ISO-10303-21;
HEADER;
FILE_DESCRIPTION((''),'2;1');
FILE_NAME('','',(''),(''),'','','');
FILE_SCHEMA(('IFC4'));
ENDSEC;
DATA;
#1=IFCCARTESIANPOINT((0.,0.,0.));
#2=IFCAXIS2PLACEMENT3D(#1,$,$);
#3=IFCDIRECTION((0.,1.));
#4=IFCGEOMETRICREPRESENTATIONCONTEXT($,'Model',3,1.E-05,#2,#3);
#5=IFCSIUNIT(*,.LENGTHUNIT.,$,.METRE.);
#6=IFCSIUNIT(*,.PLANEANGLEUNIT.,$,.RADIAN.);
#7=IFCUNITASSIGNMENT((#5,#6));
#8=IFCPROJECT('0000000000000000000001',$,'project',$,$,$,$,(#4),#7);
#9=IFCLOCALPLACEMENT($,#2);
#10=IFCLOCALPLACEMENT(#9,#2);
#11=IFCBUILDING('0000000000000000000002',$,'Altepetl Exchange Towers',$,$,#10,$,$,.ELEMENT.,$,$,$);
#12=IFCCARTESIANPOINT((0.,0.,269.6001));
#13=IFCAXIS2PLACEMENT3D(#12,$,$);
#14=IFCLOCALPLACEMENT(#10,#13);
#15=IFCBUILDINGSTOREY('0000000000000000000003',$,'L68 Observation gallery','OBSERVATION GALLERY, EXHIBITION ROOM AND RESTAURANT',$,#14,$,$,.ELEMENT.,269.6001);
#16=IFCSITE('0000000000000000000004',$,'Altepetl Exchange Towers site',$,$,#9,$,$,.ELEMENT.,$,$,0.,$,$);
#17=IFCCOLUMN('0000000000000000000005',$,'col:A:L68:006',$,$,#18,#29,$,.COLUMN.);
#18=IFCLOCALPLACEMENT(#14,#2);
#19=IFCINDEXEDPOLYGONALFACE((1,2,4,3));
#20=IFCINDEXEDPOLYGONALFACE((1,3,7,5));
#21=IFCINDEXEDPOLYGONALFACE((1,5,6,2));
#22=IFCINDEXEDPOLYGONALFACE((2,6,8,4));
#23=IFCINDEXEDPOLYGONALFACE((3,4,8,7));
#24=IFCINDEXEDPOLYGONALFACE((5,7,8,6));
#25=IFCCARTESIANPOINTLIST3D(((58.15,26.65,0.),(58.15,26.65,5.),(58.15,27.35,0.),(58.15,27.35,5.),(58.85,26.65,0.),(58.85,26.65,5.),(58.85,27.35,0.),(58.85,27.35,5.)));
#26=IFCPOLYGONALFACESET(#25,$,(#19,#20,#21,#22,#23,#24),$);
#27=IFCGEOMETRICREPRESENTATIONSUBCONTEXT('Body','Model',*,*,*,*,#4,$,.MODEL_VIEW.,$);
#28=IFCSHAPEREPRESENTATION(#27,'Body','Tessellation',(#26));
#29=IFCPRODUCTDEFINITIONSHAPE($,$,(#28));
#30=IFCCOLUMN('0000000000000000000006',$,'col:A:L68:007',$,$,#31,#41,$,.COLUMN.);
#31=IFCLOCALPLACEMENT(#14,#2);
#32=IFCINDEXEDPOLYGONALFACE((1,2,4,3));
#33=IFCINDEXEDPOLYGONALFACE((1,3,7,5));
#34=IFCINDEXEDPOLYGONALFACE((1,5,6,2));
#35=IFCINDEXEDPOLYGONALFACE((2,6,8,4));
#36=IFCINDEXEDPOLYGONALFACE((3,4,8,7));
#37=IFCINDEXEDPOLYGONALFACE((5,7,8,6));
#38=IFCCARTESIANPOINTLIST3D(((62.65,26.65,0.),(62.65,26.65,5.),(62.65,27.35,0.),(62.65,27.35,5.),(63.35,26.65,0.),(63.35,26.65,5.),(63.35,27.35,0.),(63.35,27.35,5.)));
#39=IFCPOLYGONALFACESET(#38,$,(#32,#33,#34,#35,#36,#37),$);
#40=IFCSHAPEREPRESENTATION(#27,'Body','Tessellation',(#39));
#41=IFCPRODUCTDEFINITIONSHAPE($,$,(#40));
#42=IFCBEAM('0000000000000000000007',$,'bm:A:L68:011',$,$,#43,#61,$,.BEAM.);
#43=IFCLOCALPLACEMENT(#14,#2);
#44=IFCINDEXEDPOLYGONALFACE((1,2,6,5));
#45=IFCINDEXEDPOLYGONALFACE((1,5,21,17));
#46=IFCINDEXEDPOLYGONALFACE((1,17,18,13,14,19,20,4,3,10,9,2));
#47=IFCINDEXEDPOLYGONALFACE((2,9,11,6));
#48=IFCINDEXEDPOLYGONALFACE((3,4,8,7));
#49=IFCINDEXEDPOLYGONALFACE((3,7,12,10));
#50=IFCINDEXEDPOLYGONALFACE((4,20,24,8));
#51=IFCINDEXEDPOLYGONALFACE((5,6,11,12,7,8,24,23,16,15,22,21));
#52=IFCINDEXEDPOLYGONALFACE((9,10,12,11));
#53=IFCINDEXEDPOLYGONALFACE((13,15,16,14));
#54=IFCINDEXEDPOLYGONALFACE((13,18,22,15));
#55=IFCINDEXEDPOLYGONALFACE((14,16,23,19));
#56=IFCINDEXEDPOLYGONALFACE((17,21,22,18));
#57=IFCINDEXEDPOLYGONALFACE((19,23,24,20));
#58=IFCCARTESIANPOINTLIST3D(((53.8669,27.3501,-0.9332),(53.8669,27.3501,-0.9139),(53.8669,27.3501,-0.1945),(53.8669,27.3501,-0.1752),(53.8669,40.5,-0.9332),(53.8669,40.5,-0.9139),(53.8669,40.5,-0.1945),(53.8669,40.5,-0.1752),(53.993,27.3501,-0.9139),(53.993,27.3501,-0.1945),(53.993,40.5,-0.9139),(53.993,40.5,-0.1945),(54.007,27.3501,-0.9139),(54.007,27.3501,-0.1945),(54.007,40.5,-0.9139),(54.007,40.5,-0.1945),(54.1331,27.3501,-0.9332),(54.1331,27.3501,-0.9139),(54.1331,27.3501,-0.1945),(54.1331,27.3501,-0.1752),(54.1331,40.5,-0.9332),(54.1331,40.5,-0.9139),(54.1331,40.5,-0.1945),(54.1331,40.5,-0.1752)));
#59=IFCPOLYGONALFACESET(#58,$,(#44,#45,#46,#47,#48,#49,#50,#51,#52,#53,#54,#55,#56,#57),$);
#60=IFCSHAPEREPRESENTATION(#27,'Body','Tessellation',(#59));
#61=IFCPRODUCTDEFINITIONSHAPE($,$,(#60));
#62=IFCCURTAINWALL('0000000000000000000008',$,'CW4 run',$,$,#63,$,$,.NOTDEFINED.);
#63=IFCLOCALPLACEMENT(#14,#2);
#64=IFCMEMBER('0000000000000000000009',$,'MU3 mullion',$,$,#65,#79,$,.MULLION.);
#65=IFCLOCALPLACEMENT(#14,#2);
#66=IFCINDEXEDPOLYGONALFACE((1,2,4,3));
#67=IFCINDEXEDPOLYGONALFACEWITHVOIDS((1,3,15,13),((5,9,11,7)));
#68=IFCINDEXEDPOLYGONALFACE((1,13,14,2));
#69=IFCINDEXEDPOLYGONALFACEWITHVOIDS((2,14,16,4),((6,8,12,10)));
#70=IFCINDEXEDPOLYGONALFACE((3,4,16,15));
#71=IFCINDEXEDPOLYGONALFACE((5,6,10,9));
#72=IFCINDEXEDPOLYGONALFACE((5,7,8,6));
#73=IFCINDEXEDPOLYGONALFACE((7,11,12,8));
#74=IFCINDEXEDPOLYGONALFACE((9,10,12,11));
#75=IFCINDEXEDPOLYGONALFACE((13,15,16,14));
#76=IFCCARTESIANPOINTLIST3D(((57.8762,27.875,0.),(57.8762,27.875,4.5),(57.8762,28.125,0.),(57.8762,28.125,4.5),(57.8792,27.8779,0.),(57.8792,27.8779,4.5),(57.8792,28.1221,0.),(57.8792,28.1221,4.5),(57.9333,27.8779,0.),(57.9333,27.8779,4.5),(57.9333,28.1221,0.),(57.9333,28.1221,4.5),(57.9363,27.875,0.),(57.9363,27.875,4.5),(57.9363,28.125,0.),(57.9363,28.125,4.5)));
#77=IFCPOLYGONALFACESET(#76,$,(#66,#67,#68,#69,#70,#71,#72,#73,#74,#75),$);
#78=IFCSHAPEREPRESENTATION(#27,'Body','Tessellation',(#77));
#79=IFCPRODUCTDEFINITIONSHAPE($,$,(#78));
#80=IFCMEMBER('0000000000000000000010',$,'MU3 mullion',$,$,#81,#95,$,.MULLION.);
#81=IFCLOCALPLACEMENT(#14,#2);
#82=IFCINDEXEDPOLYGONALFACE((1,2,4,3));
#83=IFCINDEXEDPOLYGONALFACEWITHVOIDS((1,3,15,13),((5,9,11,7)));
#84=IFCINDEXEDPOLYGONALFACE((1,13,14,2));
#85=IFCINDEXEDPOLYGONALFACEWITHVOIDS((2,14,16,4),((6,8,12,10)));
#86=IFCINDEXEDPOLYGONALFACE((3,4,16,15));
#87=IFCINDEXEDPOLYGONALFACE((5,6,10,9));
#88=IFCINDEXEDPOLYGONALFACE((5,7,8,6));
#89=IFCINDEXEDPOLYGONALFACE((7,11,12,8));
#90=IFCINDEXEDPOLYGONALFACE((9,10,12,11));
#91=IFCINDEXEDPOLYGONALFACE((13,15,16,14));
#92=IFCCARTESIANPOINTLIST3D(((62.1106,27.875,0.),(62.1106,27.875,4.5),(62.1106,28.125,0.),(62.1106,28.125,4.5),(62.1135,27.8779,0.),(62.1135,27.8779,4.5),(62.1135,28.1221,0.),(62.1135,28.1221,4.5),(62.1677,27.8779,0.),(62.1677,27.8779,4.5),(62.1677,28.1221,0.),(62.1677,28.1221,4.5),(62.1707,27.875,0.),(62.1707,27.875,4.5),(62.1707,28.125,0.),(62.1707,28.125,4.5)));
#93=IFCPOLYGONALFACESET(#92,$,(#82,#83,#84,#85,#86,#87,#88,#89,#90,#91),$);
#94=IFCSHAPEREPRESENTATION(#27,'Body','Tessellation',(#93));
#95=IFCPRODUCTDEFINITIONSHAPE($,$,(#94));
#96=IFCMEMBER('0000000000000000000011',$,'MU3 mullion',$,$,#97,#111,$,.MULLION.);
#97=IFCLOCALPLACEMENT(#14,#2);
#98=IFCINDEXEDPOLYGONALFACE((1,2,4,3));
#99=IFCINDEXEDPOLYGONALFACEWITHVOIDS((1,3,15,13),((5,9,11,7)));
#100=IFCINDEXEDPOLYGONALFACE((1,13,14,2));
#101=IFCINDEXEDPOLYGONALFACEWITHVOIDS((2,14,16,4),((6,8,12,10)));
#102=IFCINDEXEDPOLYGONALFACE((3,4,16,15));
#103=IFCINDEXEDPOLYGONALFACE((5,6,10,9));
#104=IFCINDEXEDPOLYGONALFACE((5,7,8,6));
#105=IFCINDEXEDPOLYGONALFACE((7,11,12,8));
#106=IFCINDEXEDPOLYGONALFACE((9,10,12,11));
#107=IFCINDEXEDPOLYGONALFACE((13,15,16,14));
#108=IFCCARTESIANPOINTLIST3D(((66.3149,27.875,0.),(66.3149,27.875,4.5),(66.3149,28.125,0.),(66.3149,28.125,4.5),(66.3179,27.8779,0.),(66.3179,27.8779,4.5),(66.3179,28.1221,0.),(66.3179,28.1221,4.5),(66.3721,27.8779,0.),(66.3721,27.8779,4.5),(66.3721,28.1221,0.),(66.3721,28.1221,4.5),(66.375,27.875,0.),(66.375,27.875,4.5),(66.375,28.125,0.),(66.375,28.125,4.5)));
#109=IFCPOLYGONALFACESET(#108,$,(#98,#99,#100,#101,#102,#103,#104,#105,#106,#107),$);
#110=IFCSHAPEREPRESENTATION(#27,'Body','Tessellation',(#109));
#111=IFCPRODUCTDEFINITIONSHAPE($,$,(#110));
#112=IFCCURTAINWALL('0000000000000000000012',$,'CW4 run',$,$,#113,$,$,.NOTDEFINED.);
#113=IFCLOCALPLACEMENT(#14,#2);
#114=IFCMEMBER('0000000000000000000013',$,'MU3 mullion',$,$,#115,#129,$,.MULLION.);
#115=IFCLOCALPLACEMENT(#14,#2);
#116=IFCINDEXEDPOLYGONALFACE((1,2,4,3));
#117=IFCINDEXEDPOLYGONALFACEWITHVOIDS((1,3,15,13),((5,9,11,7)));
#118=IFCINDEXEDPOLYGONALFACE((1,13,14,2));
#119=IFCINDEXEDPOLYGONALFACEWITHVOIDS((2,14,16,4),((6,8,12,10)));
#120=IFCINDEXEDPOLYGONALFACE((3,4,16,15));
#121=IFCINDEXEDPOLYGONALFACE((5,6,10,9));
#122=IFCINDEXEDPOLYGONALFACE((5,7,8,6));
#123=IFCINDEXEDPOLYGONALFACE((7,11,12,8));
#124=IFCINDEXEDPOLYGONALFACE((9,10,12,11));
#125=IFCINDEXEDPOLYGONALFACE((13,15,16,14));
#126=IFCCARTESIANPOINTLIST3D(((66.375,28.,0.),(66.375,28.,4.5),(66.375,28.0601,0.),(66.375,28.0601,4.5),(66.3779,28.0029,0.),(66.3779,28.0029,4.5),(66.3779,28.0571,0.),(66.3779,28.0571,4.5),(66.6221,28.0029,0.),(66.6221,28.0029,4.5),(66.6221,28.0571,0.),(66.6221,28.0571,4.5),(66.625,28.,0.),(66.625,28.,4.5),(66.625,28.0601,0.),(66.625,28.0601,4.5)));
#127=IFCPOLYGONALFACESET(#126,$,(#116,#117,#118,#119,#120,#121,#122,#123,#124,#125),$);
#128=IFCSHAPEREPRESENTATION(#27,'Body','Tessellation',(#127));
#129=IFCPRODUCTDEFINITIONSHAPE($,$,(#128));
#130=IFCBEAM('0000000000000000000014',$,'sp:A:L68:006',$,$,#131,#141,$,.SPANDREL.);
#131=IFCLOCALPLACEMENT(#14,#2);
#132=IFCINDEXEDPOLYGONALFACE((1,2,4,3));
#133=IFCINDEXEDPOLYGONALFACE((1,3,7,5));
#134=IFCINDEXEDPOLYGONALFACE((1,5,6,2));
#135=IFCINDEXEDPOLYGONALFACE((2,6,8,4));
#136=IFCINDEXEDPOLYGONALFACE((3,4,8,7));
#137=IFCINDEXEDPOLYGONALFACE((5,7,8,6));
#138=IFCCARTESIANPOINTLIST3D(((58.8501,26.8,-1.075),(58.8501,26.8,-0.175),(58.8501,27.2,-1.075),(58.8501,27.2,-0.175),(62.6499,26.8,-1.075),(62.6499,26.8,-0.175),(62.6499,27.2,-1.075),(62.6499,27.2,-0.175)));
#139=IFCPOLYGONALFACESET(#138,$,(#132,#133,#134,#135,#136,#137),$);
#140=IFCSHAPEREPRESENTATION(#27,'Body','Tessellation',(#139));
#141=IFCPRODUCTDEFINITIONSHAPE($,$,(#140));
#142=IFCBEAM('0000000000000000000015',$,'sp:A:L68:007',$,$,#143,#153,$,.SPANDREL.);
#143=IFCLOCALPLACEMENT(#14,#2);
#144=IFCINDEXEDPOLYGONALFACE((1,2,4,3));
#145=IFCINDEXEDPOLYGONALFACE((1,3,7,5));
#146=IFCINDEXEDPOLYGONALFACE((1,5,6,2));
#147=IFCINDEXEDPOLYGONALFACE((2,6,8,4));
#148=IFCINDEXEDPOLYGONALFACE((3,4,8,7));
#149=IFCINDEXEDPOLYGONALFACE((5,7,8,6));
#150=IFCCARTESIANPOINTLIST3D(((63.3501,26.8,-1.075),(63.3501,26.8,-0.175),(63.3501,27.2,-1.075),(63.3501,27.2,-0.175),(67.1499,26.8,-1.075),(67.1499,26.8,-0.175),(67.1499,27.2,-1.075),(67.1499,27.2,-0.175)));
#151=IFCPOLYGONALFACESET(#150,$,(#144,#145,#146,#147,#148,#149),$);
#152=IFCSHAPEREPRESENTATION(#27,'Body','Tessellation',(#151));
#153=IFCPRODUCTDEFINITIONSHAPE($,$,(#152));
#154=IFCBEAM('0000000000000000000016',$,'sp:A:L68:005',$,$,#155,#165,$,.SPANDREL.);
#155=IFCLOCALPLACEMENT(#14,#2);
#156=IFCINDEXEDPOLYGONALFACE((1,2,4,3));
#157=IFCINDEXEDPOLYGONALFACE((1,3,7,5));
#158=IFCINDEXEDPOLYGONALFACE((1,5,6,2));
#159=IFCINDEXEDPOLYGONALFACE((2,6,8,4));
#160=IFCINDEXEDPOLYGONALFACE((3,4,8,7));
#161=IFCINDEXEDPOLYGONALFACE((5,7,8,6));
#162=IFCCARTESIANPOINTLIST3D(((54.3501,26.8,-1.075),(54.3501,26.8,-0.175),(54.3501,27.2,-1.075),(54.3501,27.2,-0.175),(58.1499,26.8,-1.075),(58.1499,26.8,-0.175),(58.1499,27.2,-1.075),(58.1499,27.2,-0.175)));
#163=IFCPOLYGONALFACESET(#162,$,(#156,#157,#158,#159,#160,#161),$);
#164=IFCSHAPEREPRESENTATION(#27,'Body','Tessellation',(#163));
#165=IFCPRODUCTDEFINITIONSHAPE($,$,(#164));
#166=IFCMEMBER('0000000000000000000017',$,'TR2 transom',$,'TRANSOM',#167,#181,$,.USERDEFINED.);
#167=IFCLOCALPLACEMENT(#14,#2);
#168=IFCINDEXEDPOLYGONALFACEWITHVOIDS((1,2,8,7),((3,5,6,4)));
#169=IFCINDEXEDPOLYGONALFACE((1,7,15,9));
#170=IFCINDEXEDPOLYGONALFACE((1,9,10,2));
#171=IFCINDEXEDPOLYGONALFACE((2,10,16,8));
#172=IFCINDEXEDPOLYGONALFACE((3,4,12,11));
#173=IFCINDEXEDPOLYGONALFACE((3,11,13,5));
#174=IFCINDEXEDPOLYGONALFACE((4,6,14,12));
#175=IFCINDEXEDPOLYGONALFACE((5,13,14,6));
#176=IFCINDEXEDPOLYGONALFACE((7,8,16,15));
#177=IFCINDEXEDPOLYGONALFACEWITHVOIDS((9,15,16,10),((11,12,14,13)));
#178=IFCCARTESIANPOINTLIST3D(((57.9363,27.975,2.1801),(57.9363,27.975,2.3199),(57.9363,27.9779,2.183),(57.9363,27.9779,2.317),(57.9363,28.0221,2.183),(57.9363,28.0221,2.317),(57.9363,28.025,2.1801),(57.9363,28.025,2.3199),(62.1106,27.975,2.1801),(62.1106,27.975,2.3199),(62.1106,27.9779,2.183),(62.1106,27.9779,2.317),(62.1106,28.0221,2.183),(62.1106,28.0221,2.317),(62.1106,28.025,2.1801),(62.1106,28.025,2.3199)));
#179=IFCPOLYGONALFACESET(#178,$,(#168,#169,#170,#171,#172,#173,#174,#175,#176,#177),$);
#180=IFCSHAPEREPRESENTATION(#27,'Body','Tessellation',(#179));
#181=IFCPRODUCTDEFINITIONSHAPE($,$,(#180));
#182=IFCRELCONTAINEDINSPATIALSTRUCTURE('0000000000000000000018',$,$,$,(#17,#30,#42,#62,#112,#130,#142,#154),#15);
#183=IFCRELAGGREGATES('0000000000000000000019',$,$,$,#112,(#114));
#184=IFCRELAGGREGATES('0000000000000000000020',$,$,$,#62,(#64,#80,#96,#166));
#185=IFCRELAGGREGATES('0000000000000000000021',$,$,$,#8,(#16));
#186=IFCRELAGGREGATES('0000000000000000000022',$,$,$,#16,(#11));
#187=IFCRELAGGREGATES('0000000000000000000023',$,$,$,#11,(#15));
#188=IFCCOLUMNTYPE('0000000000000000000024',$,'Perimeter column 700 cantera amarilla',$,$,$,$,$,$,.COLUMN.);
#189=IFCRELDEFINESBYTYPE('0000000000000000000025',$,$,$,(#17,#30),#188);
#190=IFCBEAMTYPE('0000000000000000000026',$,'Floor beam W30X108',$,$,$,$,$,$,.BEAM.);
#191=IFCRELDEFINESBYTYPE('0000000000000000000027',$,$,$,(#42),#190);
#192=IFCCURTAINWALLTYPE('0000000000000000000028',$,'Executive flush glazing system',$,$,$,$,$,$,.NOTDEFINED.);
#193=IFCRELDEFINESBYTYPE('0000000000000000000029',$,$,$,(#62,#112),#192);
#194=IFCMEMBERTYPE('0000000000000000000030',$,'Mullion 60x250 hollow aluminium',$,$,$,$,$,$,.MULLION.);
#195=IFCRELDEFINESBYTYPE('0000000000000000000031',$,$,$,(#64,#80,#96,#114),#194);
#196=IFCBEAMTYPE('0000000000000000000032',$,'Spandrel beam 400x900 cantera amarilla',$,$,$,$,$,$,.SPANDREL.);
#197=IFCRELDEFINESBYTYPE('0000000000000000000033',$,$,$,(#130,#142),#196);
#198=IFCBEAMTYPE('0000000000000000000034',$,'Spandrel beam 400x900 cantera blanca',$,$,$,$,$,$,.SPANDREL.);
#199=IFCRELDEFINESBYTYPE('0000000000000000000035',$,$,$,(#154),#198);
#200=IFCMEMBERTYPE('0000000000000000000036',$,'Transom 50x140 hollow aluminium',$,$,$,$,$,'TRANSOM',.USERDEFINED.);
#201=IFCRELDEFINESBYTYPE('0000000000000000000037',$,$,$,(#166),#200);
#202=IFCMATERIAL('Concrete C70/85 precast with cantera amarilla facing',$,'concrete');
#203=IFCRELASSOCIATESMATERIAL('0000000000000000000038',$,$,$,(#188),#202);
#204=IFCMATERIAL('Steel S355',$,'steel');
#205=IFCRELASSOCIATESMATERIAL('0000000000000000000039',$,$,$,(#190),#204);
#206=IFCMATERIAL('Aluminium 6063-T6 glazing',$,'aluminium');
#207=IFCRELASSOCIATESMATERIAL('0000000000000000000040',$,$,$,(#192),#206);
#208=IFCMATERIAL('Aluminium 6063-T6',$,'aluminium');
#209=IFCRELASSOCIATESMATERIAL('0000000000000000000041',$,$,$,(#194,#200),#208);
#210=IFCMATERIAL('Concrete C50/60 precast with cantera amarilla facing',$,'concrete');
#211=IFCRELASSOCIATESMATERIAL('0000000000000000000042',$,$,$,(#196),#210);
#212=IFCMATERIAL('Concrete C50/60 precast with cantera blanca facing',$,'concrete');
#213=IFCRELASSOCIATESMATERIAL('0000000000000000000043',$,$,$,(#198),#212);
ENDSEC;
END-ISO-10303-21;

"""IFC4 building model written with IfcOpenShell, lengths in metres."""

from ifc_helpers import new_model, si_unit, direction, frame, origin, origin_2d, place, context, subcontext, project, spatial, rectangle, hollow_rectangle, i_section, extrude, material, material_profile, profile_set, type_object, element, aggregate, save


model = new_model("IFC4")

# Units and contexts
model_context = context("Model", 3, precision=1e-05, world=origin(), true_north=direction((0.0, 1.0)))
body_context = subcontext(model_context, "Body", "Model", "MODEL_VIEW")
ifc_project = project(units=[si_unit("LENGTHUNIT", "METRE"), si_unit("PLANEANGLEUNIT", "RADIAN")], contexts=[model_context])

# Site, building, storey
site_placement = place(None, origin())
site = spatial("IfcSite", under=ifc_project, at=site_placement, Name="Altepetl Exchange Towers site", CompositionType="ELEMENT", RefElevation=0.0)
building_placement = place(site_placement, origin())
building = spatial("IfcBuilding", under=site, at=building_placement, Name="Altepetl Exchange Towers", CompositionType="ELEMENT")
storey_placement = place(building_placement, frame((0.0, 0.0, 269.6001)))
storey = spatial("IfcBuildingStorey", under=building, at=storey_placement, Name="L68 Observation gallery", Description="OBSERVATION GALLERY, EXHIBITION ROOM AND RESTAURANT", CompositionType="ELEMENT", Elevation=269.6001)

# Columns
ifc_material_1 = material(Name="Concrete C70/85 precast with cantera amarilla facing", Category="concrete")
ifc_material_profile_1 = material_profile(ifc_material_1, rectangle(XDim=0.7, YDim=0.7, at=origin_2d()), Name="700 x 700")
ifc_profile_set_1 = profile_set([ifc_material_profile_1], Name="Concrete C70/85 precast with cantera amarilla facing")
column_type = type_object("IfcColumnType", Name="Perimeter column 700 cantera amarilla", PredefinedType="COLUMN", material=ifc_profile_set_1)
for number, where, name in (
    (1, (58.5, 27.0, 0.0), "col:A:L68:006"),
    (2, (63.0, 27.0, 0.0), "col:A:L68:007"),
):
    element("IfcColumn", number, at=place(storey_placement, frame(where)), inside=storey, type_object=column_type, Name=name, PredefinedType="COLUMN", context=body_context, shape_type="SweptSolid", body=[
        extrude(rectangle(XDim=0.7, YDim=0.7, at=origin_2d()), origin(), (0.0, 0.0, 1.0), 5.0),
    ])

# Beam
ifc_material_2 = material(Name="Steel S355", Category="steel")
ifc_material_profile_2 = material_profile(ifc_material_2, i_section(OverallWidth=0.2661, OverallDepth=0.7581, WebThickness=0.0139, FlangeThickness=0.0193, at=origin_2d()), Name="W30X108")
ifc_profile_set_2 = profile_set([ifc_material_profile_2], Name="Steel S355")
beam_type_1 = type_object("IfcBeamType", Name="Floor beam W30X108", PredefinedType="BEAM", material=ifc_profile_set_2)
beam_1_placement = place(storey_placement, frame((54.0, 27.3501, -0.5542), z_axis=(0.0, 1.0, 0.0), x_axis=(-1.0, 0.0, 0.0)))
element("IfcBeam", 3, at=beam_1_placement, inside=storey, type_object=beam_type_1, Name="bm:A:L68:011", PredefinedType="BEAM", context=body_context, shape_type="SweptSolid", body=[
    extrude(i_section(OverallWidth=0.2661, OverallDepth=0.7581, WebThickness=0.0139, FlangeThickness=0.0193, at=origin_2d()), origin(), (0.0, 0.0, 1.0), 13.1499),
])

# Curtain wall, members
ifc_material_3 = material(Name="Aluminium 6063-T6 glazing", Category="aluminium")
curtain_wall_type = type_object("IfcCurtainWallType", Name="Executive flush glazing system", PredefinedType="NOTDEFINED", material=ifc_material_3)
curtain_wall_1_placement = place(storey_placement, origin())
curtain_wall_1 = element("IfcCurtainWall", 4, at=curtain_wall_1_placement, inside=storey, type_object=curtain_wall_type, Name="CW4 run", PredefinedType="NOTDEFINED")
ifc_material_4 = material(Name="Aluminium 6063-T6", Category="aluminium")
ifc_material_profile_3 = material_profile(ifc_material_4, hollow_rectangle(XDim=0.0601, YDim=0.25, WallThickness=0.0029, at=origin_2d()), Name="Mullion 60x250 hollow aluminium")
ifc_profile_set_3 = profile_set([ifc_material_profile_3], Name="Aluminium 6063-T6")
member_type_1 = type_object("IfcMemberType", Name="Mullion 60x250 hollow aluminium", PredefinedType="MULLION", material=ifc_profile_set_3)
member_1_placement = place(storey_placement, frame((57.9062, 28.0, 0.0)))
member_1 = element("IfcMember", 5, at=member_1_placement, type_object=member_type_1, Name="MU3 mullion", PredefinedType="MULLION", context=body_context, shape_type="SweptSolid", body=[
    extrude(hollow_rectangle(XDim=0.0601, YDim=0.25, WallThickness=0.0029, at=origin_2d()), origin(), (0.0, 0.0, 1.0), 4.5),
])
member_2_placement = place(storey_placement, frame((62.1406, 28.0, 0.0)))
member_2 = element("IfcMember", 6, at=member_2_placement, type_object=member_type_1, Name="MU3 mullion", PredefinedType="MULLION", context=body_context, shape_type="SweptSolid", body=[
    extrude(hollow_rectangle(XDim=0.0601, YDim=0.25, WallThickness=0.0029, at=origin_2d()), origin(), (0.0, 0.0, 1.0), 4.5),
])
member_3_placement = place(storey_placement, frame((66.345, 28.0, 0.0)))
member_3 = element("IfcMember", 7, at=member_3_placement, type_object=member_type_1, Name="MU3 mullion", PredefinedType="MULLION", context=body_context, shape_type="SweptSolid", body=[
    extrude(hollow_rectangle(XDim=0.0601, YDim=0.25, WallThickness=0.0029, at=origin_2d()), origin(), (0.0, 0.0, 1.0), 4.5),
])

# Curtain wall, member
curtain_wall_2_placement = place(storey_placement, origin())
curtain_wall_2 = element("IfcCurtainWall", 8, at=curtain_wall_2_placement, inside=storey, type_object=curtain_wall_type, Name="CW4 run", PredefinedType="NOTDEFINED")
member_4_placement = place(storey_placement, frame((66.5, 28.03, 0.0), z_axis=(0.0, 0.0, 1.0), x_axis=(0.0, 1.0, 0.0)))
member_4 = element("IfcMember", 9, at=member_4_placement, type_object=member_type_1, Name="MU3 mullion", PredefinedType="MULLION", context=body_context, shape_type="SweptSolid", body=[
    extrude(hollow_rectangle(XDim=0.0601, YDim=0.25, WallThickness=0.0029, at=origin_2d()), origin(), (0.0, 0.0, 1.0), 4.5),
])

# Beams
ifc_material_5 = material(Name="Concrete C50/60 precast with cantera amarilla facing", Category="concrete")
ifc_material_profile_4 = material_profile(ifc_material_5, rectangle(XDim=0.3999, YDim=0.8999, at=origin_2d()), Name="400 x 900")
ifc_profile_set_4 = profile_set([ifc_material_profile_4], Name="Concrete C50/60 precast with cantera amarilla facing")
beam_type_2 = type_object("IfcBeamType", Name="Spandrel beam 400x900 cantera amarilla", PredefinedType="SPANDREL", material=ifc_profile_set_4)
for number, where, z_axis, x_axis, name in (
    (10, (58.8501, 27.0, -0.625), (1.0, 0.0, 0.0), (0.0, 1.0, 0.0), "sp:A:L68:006"),
    (11, (63.3501, 27.0, -0.625), (1.0, 0.0, 0.0), (0.0, 1.0, 0.0), "sp:A:L68:007"),
):
    element("IfcBeam", number, at=place(storey_placement, frame(where, z_axis=z_axis, x_axis=x_axis)), inside=storey, type_object=beam_type_2, Name=name, PredefinedType="SPANDREL", context=body_context, shape_type="SweptSolid", body=[
        extrude(rectangle(XDim=0.3999, YDim=0.8999, at=origin_2d()), origin(), (0.0, 0.0, 1.0), 3.7998),
    ])
ifc_material_6 = material(Name="Concrete C50/60 precast with cantera blanca facing", Category="concrete")
ifc_material_profile_5 = material_profile(ifc_material_6, rectangle(XDim=0.3999, YDim=0.8999, at=origin_2d()), Name="400 x 900")
ifc_profile_set_5 = profile_set([ifc_material_profile_5], Name="Concrete C50/60 precast with cantera blanca facing")
beam_type_3 = type_object("IfcBeamType", Name="Spandrel beam 400x900 cantera blanca", PredefinedType="SPANDREL", material=ifc_profile_set_5)
beam_2_placement = place(storey_placement, frame((54.3501, 27.0, -0.625), z_axis=(1.0, 0.0, 0.0), x_axis=(0.0, 1.0, 0.0)))
element("IfcBeam", 12, at=beam_2_placement, inside=storey, type_object=beam_type_3, Name="sp:A:L68:005", PredefinedType="SPANDREL", context=body_context, shape_type="SweptSolid", body=[
    extrude(rectangle(XDim=0.3999, YDim=0.8999, at=origin_2d()), origin(), (0.0, 0.0, 1.0), 3.7998),
])

# Member
ifc_material_profile_6 = material_profile(ifc_material_4, hollow_rectangle(XDim=0.05, YDim=0.1399, WallThickness=0.0029, at=origin_2d()), Name="Transom 50x140 hollow aluminium")
ifc_profile_set_6 = profile_set([ifc_material_profile_6], Name="Aluminium 6063-T6")
member_type_2 = type_object("IfcMemberType", Name="Transom 50x140 hollow aluminium", ElementType="TRANSOM", PredefinedType="USERDEFINED", material=ifc_profile_set_6)
member_5_placement = place(storey_placement, frame((57.9363, 28.0, 2.25), z_axis=(1.0, 0.0, 0.0), x_axis=(0.0, 1.0, 0.0)))
member_5 = element("IfcMember", 13, at=member_5_placement, type_object=member_type_2, Name="TR2 transom", ObjectType="TRANSOM", PredefinedType="USERDEFINED", context=body_context, shape_type="SweptSolid", body=[
    extrude(hollow_rectangle(XDim=0.05, YDim=0.1399, WallThickness=0.0029, at=origin_2d()), origin(), (0.0, 0.0, 1.0), 4.1743),
])
aggregate(curtain_wall_2, [member_4])

aggregate(curtain_wall_1, [member_1, member_2, member_3, member_5])

save(model, "model.ifc")
